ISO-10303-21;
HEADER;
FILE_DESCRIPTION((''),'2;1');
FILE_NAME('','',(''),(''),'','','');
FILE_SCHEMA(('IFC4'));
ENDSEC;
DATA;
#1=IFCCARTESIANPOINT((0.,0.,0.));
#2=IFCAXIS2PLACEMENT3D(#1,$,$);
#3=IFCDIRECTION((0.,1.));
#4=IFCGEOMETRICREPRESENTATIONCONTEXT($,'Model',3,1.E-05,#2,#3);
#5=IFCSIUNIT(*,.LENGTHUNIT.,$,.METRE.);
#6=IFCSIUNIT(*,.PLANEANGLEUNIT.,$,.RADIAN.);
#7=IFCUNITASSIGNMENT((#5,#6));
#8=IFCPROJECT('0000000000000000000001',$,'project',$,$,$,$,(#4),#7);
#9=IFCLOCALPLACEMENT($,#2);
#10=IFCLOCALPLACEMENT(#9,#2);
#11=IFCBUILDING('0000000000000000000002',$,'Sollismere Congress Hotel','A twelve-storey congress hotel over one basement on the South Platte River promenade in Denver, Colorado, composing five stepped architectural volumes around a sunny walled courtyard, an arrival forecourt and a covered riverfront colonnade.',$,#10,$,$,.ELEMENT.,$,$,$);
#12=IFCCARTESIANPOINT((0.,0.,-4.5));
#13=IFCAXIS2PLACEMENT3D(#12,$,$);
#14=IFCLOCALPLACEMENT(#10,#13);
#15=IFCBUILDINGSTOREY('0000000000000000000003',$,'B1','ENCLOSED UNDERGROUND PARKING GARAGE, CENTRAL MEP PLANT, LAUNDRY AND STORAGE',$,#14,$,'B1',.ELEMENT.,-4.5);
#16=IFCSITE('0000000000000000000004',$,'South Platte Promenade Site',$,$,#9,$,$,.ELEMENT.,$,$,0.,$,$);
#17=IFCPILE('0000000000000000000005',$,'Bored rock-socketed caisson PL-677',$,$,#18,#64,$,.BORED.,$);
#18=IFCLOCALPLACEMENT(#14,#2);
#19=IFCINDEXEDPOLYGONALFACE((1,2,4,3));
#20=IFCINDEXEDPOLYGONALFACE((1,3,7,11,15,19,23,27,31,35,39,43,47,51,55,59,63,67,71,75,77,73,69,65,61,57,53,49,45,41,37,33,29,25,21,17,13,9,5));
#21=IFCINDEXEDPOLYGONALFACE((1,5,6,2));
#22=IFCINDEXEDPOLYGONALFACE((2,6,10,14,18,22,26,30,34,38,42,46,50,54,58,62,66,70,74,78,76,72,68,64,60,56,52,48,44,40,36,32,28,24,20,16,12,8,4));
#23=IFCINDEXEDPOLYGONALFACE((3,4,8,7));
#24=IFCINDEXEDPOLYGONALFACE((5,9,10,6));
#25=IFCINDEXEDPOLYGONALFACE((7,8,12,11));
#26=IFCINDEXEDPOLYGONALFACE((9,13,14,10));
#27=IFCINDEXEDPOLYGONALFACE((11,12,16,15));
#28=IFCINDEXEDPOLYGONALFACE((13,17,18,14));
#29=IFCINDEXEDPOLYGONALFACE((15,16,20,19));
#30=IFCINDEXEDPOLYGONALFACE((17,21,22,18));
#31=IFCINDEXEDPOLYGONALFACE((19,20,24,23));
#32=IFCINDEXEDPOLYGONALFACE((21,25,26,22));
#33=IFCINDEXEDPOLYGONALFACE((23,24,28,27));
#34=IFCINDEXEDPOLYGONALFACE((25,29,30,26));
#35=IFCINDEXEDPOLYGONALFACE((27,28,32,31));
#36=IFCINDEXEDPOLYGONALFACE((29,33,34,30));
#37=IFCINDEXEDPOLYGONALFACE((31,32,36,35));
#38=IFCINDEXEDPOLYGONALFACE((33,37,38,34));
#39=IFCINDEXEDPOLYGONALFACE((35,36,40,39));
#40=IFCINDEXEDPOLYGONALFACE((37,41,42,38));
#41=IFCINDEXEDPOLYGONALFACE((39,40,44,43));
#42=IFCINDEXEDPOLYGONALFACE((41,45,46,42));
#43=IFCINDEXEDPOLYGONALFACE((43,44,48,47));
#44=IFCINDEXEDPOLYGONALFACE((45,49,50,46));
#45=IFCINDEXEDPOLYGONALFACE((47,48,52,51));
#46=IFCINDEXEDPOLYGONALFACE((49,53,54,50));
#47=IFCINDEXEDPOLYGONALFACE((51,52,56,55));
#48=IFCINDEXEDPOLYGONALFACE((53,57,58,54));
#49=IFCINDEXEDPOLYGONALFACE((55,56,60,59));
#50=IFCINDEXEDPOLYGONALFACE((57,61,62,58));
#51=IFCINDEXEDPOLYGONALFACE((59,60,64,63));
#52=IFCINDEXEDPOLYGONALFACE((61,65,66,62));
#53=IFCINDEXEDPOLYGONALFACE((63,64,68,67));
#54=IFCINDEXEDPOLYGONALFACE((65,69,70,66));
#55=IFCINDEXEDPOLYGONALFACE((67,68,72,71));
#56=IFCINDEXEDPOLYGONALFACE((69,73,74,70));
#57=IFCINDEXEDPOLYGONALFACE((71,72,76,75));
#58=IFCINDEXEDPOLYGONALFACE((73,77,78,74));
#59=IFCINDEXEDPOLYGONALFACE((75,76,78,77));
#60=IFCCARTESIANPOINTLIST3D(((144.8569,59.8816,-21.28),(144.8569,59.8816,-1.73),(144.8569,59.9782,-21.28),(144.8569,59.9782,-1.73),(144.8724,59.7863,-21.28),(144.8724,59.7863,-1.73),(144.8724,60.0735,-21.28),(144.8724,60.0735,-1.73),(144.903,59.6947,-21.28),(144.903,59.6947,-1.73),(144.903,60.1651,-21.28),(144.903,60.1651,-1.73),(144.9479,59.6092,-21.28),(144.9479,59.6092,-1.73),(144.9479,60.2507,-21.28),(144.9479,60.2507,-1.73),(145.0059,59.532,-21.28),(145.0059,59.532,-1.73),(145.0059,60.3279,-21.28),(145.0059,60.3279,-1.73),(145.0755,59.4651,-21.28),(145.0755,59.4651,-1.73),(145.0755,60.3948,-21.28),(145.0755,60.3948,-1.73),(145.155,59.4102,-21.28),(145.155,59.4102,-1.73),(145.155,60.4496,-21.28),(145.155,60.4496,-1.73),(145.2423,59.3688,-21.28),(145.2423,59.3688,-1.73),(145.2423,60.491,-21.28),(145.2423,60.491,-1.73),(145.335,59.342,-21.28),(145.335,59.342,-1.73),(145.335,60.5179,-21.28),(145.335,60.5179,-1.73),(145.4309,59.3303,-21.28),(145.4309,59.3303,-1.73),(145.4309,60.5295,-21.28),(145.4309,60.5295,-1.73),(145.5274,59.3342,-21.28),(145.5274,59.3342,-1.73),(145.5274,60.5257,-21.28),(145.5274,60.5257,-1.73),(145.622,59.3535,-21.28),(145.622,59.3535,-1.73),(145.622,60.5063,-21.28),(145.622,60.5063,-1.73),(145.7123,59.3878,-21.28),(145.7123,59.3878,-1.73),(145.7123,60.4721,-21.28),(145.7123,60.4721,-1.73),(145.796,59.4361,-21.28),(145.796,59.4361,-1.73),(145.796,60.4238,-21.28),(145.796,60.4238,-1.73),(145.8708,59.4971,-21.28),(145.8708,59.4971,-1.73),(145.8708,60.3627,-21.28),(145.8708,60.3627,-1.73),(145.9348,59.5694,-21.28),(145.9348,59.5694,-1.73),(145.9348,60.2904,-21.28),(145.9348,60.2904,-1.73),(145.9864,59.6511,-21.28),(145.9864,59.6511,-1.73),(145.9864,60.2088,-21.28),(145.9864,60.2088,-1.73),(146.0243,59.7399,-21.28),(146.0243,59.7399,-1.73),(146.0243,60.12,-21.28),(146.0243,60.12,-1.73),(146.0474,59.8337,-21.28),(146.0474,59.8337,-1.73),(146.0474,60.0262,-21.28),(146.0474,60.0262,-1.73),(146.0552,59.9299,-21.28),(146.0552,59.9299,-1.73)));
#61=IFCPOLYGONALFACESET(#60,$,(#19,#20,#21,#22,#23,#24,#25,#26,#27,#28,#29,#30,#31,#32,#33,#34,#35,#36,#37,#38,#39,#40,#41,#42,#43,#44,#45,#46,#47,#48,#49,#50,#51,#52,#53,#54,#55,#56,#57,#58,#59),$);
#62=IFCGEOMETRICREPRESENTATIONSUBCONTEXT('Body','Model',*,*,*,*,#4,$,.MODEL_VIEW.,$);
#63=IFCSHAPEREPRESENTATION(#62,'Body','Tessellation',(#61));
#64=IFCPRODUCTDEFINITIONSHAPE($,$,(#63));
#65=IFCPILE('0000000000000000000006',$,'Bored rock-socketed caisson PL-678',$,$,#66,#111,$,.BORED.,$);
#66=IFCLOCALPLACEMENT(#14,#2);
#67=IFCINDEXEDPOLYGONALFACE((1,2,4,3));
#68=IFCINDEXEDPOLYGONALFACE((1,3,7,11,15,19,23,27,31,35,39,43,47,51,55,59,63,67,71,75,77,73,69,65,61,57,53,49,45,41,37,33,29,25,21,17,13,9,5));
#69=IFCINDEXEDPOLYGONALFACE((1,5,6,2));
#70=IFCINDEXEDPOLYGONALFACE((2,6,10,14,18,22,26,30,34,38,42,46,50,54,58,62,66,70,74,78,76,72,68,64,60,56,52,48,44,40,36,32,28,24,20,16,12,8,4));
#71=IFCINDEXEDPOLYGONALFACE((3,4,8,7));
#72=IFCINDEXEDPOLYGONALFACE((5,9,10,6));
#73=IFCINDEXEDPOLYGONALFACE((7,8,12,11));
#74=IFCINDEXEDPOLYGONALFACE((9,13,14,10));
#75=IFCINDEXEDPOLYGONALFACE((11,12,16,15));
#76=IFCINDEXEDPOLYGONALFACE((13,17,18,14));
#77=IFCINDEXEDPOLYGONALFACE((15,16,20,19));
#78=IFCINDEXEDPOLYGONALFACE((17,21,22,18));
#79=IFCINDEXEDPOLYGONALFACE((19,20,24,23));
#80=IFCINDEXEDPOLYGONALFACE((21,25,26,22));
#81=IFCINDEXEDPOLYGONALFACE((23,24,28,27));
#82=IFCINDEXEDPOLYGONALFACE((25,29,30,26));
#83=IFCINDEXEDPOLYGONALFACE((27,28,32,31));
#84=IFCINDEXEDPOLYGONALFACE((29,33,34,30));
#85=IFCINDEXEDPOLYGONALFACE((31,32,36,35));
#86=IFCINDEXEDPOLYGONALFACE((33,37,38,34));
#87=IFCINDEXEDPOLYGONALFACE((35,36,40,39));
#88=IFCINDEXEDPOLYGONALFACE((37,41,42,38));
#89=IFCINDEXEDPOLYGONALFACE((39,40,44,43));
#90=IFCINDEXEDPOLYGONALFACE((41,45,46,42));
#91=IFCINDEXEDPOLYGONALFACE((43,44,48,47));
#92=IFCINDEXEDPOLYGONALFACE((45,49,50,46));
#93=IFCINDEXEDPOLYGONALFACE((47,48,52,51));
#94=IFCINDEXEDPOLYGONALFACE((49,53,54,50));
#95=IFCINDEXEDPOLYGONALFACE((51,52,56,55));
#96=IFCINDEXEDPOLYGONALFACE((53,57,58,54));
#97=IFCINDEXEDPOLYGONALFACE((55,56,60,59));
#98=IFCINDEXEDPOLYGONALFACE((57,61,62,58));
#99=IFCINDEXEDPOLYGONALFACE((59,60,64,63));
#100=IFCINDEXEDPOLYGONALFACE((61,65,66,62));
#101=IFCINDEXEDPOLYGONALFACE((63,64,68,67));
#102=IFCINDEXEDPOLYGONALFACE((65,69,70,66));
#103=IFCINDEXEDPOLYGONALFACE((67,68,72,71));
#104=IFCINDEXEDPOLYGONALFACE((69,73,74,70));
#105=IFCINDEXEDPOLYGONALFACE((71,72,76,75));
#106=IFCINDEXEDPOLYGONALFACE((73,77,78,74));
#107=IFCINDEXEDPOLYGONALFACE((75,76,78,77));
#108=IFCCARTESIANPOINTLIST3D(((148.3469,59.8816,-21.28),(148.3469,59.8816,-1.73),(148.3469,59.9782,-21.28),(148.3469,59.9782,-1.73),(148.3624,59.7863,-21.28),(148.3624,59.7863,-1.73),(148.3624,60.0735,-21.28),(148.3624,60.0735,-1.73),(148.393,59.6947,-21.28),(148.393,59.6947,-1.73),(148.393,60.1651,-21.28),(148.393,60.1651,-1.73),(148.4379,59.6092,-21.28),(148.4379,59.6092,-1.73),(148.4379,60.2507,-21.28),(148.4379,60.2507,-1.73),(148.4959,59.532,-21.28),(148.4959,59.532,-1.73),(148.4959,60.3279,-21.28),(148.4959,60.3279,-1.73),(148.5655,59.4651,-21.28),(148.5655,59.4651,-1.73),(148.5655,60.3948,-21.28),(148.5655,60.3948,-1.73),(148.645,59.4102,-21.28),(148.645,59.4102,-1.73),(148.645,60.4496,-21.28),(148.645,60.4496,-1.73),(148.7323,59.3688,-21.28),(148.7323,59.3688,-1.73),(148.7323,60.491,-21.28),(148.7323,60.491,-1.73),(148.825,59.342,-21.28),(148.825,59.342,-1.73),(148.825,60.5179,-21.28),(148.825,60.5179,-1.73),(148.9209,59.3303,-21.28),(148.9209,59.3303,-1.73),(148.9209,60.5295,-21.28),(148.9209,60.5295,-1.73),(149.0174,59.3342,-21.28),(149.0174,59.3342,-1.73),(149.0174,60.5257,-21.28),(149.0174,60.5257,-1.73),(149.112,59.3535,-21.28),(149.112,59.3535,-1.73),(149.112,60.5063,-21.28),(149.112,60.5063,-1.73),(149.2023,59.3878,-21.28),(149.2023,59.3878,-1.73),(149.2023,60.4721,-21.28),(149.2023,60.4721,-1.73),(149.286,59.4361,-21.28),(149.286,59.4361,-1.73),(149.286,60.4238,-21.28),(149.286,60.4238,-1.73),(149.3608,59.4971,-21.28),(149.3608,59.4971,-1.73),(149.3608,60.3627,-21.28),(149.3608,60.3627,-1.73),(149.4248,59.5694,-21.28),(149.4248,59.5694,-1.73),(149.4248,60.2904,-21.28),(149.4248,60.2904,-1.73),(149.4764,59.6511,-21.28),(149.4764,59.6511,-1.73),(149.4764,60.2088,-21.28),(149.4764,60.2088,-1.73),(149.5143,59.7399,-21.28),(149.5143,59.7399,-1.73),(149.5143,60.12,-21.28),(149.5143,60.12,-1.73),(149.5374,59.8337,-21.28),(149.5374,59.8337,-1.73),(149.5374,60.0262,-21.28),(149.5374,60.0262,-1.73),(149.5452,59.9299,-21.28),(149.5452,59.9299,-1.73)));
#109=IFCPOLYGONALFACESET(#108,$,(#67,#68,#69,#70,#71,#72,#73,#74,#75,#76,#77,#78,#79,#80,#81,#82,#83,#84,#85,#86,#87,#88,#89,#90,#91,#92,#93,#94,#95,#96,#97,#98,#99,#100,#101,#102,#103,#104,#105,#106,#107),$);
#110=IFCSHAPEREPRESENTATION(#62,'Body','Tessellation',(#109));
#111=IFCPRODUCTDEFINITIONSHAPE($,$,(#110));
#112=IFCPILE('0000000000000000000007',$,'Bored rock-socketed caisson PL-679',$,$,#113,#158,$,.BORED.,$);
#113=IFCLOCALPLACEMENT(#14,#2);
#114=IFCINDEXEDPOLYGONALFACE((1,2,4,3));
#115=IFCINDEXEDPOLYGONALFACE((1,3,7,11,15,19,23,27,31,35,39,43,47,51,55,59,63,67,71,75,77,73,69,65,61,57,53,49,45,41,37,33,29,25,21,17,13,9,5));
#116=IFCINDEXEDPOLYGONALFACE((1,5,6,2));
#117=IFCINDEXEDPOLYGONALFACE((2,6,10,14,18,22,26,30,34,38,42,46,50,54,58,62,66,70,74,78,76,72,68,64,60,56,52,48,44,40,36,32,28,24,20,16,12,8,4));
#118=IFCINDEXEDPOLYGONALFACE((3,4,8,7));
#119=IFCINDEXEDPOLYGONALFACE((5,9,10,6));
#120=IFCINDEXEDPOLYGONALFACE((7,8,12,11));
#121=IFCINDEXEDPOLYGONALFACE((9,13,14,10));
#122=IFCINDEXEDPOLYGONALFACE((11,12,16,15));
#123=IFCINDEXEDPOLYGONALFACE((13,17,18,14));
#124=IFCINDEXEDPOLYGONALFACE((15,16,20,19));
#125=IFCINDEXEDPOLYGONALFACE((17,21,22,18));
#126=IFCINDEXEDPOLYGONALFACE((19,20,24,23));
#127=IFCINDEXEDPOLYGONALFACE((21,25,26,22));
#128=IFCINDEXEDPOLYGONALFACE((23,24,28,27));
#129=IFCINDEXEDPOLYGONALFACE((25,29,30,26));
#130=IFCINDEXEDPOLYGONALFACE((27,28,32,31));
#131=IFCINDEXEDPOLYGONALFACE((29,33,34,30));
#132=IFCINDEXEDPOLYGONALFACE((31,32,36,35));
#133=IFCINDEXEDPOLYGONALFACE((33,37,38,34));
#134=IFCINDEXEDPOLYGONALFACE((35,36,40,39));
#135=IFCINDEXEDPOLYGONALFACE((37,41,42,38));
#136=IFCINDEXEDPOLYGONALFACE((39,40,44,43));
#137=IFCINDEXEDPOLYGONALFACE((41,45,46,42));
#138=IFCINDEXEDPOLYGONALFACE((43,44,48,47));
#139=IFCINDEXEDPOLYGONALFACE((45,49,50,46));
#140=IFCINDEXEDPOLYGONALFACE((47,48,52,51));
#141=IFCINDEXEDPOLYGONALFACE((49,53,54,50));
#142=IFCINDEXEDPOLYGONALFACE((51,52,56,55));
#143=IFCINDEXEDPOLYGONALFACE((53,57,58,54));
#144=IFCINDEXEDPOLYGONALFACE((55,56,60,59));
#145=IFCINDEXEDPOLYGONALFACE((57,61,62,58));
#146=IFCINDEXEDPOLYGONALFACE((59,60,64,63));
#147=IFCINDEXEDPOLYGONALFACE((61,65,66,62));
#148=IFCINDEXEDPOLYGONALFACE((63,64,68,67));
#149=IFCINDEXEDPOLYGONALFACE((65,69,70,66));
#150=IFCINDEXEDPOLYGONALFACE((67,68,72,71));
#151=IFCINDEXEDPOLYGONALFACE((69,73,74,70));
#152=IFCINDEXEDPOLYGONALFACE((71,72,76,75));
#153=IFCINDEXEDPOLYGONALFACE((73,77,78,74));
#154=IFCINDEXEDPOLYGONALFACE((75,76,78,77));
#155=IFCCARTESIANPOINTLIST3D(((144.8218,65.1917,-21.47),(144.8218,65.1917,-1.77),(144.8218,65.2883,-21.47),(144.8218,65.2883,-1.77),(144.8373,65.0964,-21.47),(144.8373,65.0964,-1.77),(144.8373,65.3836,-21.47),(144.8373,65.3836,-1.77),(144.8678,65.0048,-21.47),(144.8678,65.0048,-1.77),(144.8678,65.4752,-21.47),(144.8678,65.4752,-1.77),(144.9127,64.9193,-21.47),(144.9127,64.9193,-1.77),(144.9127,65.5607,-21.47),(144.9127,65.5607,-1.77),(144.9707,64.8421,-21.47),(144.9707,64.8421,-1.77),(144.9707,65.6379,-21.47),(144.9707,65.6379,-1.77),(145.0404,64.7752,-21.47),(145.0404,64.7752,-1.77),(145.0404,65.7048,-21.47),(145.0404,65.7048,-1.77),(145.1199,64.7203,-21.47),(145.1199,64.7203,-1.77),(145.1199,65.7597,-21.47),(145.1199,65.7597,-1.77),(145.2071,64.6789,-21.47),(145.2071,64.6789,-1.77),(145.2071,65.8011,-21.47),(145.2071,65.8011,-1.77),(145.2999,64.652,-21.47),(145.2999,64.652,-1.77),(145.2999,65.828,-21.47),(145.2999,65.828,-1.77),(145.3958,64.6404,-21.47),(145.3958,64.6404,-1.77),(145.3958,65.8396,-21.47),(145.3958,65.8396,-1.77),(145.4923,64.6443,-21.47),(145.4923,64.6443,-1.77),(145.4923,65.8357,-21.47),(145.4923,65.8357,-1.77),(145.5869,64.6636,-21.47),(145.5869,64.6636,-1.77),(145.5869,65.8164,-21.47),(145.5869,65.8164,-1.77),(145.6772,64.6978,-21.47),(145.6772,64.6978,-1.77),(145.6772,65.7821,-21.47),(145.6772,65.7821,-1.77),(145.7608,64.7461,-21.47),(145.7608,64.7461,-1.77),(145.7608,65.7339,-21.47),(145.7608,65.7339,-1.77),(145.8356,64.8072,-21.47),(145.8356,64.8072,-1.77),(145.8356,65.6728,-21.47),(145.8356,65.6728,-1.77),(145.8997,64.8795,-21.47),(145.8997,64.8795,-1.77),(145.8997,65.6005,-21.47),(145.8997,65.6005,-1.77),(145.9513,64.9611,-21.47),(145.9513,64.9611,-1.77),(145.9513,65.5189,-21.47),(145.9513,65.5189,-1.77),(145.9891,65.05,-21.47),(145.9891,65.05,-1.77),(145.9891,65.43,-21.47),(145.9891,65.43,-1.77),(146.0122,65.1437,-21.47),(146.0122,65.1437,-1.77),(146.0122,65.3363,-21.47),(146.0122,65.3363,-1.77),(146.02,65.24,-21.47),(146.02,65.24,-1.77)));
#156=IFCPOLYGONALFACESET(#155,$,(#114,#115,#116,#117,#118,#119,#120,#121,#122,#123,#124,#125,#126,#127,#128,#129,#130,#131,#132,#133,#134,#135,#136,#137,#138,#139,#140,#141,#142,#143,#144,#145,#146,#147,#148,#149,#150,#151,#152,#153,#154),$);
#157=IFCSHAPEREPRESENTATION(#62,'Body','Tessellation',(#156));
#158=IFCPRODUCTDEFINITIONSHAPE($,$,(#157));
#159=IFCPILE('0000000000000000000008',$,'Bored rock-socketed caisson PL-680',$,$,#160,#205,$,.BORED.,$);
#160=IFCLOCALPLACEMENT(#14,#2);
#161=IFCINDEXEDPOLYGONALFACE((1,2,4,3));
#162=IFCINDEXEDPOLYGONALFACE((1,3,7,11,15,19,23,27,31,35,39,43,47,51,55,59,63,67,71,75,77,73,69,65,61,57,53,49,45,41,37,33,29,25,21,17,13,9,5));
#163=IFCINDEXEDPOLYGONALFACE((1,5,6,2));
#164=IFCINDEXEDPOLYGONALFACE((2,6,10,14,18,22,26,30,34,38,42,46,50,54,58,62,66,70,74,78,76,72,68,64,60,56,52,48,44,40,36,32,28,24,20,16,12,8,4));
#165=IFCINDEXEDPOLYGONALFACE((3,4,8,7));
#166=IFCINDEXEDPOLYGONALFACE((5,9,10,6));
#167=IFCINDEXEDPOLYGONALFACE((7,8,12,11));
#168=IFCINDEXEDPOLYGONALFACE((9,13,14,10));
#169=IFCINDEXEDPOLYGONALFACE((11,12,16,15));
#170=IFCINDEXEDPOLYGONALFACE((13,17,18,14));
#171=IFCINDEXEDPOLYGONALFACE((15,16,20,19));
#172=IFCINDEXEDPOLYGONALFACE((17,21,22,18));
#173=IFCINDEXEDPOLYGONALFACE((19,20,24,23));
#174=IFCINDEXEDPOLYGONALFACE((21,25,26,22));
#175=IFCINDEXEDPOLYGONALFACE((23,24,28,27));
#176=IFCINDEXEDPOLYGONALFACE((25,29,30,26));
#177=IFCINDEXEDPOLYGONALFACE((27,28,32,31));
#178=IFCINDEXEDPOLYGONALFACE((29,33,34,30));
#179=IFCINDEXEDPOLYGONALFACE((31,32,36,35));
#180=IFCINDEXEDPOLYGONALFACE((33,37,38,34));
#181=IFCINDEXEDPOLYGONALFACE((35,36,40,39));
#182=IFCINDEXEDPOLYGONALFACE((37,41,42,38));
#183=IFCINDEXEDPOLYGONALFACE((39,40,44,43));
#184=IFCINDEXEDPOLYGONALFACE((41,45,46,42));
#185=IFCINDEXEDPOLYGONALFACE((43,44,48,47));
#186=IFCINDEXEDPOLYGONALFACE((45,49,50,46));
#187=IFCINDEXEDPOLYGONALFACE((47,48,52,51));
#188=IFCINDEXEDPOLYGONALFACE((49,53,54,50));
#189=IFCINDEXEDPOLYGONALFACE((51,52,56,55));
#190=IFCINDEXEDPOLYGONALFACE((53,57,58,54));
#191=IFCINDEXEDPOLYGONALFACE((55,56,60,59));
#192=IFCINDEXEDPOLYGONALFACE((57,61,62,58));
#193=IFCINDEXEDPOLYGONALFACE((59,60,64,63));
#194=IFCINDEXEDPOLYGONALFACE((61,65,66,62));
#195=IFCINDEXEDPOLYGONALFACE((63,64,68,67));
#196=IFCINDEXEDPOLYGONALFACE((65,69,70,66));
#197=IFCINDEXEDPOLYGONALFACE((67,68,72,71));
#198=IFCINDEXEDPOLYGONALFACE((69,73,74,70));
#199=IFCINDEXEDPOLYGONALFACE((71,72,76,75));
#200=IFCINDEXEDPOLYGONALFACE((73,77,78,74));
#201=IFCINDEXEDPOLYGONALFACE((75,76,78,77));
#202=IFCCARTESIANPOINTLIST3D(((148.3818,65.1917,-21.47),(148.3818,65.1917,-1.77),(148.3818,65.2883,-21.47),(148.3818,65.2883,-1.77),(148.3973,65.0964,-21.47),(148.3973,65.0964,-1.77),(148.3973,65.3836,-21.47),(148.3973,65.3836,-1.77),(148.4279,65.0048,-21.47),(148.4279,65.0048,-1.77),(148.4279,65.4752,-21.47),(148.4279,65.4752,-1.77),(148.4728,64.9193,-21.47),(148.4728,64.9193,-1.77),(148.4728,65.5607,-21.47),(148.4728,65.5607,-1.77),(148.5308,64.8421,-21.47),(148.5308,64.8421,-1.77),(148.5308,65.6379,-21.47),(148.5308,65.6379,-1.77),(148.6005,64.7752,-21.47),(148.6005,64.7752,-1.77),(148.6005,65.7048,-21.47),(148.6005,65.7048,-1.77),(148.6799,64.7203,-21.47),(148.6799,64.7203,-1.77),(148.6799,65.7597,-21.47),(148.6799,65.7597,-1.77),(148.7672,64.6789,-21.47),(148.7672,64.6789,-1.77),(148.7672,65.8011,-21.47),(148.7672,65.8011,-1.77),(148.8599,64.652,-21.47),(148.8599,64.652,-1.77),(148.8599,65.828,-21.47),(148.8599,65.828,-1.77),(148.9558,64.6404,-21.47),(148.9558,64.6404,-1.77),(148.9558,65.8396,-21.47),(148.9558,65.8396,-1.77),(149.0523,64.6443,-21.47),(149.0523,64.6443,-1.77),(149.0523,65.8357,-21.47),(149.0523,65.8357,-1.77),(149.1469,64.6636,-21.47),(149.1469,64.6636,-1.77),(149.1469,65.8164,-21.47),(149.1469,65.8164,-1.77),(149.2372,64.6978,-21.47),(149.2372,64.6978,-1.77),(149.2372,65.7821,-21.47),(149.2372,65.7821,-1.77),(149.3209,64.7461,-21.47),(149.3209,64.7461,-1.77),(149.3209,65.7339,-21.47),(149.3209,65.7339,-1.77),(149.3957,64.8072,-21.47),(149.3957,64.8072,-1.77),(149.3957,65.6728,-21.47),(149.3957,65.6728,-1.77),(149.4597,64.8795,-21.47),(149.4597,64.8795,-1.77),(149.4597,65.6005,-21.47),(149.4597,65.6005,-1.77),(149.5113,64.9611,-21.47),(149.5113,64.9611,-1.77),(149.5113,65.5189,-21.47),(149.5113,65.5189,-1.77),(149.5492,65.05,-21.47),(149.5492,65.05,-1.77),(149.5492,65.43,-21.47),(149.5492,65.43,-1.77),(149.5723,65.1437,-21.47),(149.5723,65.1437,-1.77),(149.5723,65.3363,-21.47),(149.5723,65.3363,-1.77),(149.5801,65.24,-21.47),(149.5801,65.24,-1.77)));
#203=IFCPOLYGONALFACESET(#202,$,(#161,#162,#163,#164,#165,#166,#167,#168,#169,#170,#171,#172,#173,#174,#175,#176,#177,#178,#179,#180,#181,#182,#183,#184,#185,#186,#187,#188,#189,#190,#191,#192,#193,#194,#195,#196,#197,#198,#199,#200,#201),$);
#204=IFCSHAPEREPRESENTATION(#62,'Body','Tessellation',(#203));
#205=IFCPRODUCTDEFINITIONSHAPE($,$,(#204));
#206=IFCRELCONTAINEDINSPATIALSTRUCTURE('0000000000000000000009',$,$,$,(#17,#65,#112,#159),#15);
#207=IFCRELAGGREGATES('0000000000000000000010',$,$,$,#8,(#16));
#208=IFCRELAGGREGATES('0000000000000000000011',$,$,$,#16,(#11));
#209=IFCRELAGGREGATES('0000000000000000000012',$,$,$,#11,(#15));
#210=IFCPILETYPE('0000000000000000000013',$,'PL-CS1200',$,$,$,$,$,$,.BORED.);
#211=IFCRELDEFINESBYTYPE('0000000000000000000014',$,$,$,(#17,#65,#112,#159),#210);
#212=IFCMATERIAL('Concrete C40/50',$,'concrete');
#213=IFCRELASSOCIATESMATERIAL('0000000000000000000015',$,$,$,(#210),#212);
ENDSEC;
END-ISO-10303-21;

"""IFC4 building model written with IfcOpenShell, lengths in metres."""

from ifc_helpers import new_model, si_unit, direction, frame, origin, origin_2d, place, context, subcontext, project, spatial, circle, extrude, material, material_profile, profile_set, type_object, element, save


model = new_model("IFC4")

# Units and contexts
model_context = context("Model", 3, precision=1e-05, world=origin(), true_north=direction((0.0, 1.0)))
body_context = subcontext(model_context, "Body", "Model", "MODEL_VIEW")
ifc_project = project(units=[si_unit("LENGTHUNIT", "METRE"), si_unit("PLANEANGLEUNIT", "RADIAN")], contexts=[model_context])

# Site, building, storey
site_placement = place(None, origin())
site = spatial("IfcSite", under=ifc_project, at=site_placement, Name="South Platte Promenade Site", CompositionType="ELEMENT", RefElevation=0.0)
building_placement = place(site_placement, origin())
building = spatial("IfcBuilding", under=site, at=building_placement, Name="Sollismere Congress Hotel", Description="A twelve-storey congress hotel over one basement on the South Platte River promenade in Denver, Colorado, composing five stepped architectural volumes around a sunny walled courtyard, an arrival forecourt and a covered riverfront colonnade.", CompositionType="ELEMENT")
storey_placement = place(building_placement, frame((0.0, 0.0, -4.5)))
storey = spatial("IfcBuildingStorey", under=building, at=storey_placement, Name="B1", Description="ENCLOSED UNDERGROUND PARKING GARAGE, CENTRAL MEP PLANT, LAUNDRY AND STORAGE", LongName="B1", CompositionType="ELEMENT", Elevation=-4.5)

# Shared definitions
ifc_material_1 = material(Name="Concrete C40/50", Category="concrete")

# Piles
ifc_material_profile_1 = material_profile(ifc_material_1, circle(Radius=0.6001, at=origin_2d()), Name="CAISSON1200")
ifc_profile_set_1 = profile_set([ifc_material_profile_1], Name="Concrete C40/50")
pile_type = type_object("IfcPileType", Name="PL-CS1200", PredefinedType="BORED", material=ifc_profile_set_1)
for number, where, z_axis, x_axis, name in (
    (1, (145.4551, 59.9299, -1.73), (0.0, 0.0, -1.0), (1.0, 0.0, 0.0), "Bored rock-socketed caisson PL-677"),
    (2, (148.9451, 59.9299, -1.73), (0.0, 0.0, -1.0), (1.0, 0.0, 0.0), "Bored rock-socketed caisson PL-678"),
):
    element("IfcPile", number, at=place(storey_placement, frame(where, z_axis=z_axis, x_axis=x_axis)), inside=storey, type_object=pile_type, Name=name, PredefinedType="BORED", context=body_context, shape_type="SweptSolid", body=[
        extrude(circle(Radius=0.6001, at=origin_2d()), origin(), (0.0, 0.0, 1.0), 19.55),
    ])
for number, where, z_axis, x_axis, name in (
    (3, (145.4199, 65.24, -1.77), (0.0, 0.0, -1.0), (1.0, 0.0, 0.0), "Bored rock-socketed caisson PL-679"),
    (4, (148.98, 65.24, -1.77), (0.0, 0.0, -1.0), (1.0, 0.0, 0.0), "Bored rock-socketed caisson PL-680"),
):
    element("IfcPile", number, at=place(storey_placement, frame(where, z_axis=z_axis, x_axis=x_axis)), inside=storey, type_object=pile_type, Name=name, PredefinedType="BORED", context=body_context, shape_type="SweptSolid", body=[
        extrude(circle(Radius=0.6001, at=origin_2d()), origin(), (0.0, 0.0, 1.0), 19.7),
    ])

save(model, "model.ifc")
